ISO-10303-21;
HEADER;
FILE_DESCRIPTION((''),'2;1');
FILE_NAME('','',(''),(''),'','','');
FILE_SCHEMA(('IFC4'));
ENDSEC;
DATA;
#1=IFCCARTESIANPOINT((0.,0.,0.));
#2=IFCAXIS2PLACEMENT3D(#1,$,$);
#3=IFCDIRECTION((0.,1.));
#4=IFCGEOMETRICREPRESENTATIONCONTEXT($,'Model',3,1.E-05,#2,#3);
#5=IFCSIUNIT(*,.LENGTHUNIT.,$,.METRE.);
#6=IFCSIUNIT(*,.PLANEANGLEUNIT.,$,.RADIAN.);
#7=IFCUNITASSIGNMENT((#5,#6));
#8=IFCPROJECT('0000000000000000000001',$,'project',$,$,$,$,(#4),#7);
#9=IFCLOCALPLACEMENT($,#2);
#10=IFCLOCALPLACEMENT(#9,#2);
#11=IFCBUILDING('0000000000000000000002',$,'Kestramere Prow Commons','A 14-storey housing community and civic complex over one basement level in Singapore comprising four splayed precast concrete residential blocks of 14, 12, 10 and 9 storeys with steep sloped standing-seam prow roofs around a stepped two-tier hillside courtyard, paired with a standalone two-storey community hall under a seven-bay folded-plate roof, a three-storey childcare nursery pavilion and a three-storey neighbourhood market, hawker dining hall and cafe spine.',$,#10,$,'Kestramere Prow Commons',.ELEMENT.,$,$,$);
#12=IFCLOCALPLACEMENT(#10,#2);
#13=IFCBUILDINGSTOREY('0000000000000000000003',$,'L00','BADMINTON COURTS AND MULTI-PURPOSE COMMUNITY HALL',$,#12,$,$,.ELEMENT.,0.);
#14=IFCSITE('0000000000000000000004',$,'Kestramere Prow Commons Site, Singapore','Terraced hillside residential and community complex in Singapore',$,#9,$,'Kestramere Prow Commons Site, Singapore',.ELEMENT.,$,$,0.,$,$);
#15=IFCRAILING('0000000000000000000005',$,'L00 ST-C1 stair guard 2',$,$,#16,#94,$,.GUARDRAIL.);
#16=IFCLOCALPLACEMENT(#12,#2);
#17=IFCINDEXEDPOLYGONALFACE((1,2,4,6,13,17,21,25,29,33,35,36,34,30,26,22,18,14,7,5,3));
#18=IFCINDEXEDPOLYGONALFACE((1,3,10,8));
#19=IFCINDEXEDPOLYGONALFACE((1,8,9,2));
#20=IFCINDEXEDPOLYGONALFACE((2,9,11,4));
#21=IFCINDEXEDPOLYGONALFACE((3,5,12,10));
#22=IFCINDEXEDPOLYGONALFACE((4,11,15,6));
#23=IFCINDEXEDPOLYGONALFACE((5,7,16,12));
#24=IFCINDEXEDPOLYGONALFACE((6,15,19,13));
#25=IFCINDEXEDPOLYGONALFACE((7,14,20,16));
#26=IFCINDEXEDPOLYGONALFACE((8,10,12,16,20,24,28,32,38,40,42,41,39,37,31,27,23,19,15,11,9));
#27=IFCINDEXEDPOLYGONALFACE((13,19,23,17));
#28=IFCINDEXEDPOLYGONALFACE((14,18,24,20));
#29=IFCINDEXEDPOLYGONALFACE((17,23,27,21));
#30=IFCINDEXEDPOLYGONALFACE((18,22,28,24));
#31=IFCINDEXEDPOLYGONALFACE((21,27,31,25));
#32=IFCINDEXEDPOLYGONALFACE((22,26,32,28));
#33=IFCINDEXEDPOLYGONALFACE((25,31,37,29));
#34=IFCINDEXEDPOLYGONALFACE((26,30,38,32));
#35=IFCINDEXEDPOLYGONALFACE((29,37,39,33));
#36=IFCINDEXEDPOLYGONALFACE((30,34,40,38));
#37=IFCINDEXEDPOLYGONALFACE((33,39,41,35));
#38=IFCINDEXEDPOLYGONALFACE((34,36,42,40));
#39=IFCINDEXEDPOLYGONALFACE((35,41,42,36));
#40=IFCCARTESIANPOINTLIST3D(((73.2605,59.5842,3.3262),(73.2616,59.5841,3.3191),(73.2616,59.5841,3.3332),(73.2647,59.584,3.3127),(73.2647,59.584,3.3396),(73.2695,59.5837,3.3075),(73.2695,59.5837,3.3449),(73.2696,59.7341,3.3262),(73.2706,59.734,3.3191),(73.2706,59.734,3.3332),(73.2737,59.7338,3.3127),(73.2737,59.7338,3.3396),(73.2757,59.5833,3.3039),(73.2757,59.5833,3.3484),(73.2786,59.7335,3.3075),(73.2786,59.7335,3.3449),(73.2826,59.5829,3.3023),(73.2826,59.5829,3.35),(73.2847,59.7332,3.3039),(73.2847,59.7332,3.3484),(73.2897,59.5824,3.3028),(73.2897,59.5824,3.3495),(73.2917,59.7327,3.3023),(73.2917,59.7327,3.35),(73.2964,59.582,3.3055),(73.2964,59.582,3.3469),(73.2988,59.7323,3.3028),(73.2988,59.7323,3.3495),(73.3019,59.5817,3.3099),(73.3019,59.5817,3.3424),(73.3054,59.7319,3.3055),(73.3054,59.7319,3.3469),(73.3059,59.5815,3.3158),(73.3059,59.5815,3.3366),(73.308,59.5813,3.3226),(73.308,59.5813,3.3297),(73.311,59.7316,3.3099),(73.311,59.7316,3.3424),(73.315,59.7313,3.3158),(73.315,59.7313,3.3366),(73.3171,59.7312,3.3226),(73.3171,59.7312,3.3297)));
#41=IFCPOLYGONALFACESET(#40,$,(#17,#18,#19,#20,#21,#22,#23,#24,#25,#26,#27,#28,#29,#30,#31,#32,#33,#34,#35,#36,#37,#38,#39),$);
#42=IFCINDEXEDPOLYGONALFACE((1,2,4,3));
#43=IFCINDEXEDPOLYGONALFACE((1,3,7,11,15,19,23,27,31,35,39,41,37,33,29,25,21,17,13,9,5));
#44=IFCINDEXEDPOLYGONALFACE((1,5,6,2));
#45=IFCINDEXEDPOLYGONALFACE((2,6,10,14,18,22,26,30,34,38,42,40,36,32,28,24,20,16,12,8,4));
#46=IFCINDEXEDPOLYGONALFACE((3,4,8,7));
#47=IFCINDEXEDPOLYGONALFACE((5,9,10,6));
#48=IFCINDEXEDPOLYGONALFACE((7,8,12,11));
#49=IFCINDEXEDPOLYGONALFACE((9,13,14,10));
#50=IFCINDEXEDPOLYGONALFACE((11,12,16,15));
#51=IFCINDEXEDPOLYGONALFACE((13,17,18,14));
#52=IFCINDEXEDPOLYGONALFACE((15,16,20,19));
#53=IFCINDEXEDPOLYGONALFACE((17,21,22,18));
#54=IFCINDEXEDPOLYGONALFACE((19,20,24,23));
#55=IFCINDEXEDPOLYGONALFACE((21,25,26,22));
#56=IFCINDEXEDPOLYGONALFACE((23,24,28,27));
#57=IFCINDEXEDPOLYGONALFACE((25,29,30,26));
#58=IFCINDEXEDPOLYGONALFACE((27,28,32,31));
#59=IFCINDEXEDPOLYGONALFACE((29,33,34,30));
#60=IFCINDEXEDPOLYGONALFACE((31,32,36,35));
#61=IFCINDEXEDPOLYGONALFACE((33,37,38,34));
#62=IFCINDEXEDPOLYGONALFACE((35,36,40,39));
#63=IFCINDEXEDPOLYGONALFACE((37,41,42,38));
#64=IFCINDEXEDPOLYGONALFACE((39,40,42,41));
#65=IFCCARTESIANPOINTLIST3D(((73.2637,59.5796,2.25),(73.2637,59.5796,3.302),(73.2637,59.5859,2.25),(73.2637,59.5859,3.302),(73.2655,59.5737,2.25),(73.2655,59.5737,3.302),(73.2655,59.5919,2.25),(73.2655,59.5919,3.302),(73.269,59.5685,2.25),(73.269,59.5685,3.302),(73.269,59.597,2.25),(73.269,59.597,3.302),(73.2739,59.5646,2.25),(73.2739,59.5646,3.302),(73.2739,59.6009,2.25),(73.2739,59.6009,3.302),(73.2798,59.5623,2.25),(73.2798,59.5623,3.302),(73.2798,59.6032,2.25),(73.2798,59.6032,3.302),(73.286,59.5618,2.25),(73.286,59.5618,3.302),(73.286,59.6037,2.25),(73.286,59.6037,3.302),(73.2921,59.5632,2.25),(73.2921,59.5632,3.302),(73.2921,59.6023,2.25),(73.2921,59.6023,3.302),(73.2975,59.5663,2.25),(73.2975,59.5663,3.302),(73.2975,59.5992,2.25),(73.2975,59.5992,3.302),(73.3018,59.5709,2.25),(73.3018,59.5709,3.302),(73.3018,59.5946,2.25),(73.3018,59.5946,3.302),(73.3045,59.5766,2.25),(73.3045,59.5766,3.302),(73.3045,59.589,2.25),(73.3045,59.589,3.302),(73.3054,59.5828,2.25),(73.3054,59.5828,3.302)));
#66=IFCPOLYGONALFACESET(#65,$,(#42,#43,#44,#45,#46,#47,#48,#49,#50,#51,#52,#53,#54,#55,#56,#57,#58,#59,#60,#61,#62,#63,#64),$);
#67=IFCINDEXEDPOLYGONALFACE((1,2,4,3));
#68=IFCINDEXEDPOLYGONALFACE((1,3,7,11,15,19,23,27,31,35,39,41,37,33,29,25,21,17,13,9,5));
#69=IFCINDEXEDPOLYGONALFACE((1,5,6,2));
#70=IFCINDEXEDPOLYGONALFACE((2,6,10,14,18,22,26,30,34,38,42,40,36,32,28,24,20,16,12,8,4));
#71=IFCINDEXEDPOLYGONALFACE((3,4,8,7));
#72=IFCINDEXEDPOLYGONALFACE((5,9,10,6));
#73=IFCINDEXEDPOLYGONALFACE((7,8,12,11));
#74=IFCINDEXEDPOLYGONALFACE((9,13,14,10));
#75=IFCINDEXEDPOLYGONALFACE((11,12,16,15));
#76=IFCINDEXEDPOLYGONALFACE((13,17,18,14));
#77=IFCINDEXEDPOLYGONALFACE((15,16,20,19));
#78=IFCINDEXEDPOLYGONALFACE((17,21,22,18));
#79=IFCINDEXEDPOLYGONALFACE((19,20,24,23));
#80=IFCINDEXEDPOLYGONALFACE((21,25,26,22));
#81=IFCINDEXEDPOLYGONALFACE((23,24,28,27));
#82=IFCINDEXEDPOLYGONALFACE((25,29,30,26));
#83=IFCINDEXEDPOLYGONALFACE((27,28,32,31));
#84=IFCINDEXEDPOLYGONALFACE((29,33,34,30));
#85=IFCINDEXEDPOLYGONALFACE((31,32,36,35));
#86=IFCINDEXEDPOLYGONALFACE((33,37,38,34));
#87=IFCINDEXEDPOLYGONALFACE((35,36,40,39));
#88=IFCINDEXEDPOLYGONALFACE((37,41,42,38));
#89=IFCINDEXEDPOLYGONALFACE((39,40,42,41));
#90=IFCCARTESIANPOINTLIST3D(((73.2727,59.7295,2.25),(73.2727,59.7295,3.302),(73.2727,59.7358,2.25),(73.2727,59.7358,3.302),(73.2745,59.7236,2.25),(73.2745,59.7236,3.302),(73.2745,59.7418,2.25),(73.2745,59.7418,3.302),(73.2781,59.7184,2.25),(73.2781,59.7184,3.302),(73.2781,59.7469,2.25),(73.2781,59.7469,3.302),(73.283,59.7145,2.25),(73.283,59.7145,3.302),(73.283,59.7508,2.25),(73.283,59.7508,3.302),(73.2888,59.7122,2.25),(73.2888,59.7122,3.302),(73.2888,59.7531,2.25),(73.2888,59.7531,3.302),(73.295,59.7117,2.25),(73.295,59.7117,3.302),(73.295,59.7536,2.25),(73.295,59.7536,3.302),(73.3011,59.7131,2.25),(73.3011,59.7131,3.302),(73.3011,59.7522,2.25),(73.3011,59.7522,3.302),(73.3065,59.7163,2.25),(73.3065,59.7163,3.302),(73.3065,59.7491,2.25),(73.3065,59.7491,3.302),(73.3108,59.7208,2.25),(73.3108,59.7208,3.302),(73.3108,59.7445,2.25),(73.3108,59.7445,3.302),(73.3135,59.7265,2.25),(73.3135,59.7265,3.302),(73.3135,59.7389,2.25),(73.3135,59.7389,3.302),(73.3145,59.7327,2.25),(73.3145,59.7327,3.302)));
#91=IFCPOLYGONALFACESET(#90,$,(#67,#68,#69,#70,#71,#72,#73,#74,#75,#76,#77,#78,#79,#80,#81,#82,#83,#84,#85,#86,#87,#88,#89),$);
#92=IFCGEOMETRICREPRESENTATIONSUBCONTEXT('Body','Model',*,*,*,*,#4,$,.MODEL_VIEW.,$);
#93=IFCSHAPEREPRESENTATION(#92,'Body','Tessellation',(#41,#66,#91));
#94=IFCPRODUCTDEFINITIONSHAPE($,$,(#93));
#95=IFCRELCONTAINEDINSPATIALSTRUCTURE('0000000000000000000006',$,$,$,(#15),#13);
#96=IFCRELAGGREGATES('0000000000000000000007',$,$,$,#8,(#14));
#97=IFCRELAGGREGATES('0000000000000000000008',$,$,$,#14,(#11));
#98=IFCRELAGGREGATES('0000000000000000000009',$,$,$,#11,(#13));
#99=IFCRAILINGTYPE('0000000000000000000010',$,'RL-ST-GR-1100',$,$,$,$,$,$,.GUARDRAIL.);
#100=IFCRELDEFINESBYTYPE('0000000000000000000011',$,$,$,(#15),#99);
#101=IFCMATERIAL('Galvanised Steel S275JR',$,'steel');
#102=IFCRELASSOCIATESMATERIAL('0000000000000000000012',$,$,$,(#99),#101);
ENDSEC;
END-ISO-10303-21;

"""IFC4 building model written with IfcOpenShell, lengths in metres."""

from ifc_helpers import new_model, si_unit, direction, frame, origin, origin_2d, place, context, subcontext, project, spatial, circle, extrude, material, type_object, element, save


model = new_model("IFC4")

# Units and contexts
model_context = context("Model", 3, precision=1e-05, world=origin(), true_north=direction((0.0, 1.0)))
body_context = subcontext(model_context, "Body", "Model", "MODEL_VIEW")
ifc_project = project(units=[si_unit("LENGTHUNIT", "METRE"), si_unit("PLANEANGLEUNIT", "RADIAN")], contexts=[model_context])

# Site, building, storey
site_placement = place(None, origin())
site = spatial("IfcSite", under=ifc_project, at=site_placement, Name="Kestramere Prow Commons Site, Singapore", Description="Terraced hillside residential and community complex in Singapore", LongName="Kestramere Prow Commons Site, Singapore", CompositionType="ELEMENT", RefElevation=0.0)
building_placement = place(site_placement, origin())
building = spatial("IfcBuilding", under=site, at=building_placement, Name="Kestramere Prow Commons", Description="A 14-storey housing community and civic complex over one basement level in Singapore comprising four splayed precast concrete residential blocks of 14, 12, 10 and 9 storeys with steep sloped standing-seam prow roofs around a stepped two-tier hillside courtyard, paired with a standalone two-storey community hall under a seven-bay folded-plate roof, a three-storey childcare nursery pavilion and a three-storey neighbourhood market, hawker dining hall and cafe spine.", LongName="Kestramere Prow Commons", CompositionType="ELEMENT")
storey_placement = place(building_placement, origin())
storey = spatial("IfcBuildingStorey", under=building, at=storey_placement, Name="L00", Description="BADMINTON COURTS AND MULTI-PURPOSE COMMUNITY HALL", CompositionType="ELEMENT", Elevation=0.0)

# Railing
ifc_material_1 = material(Name="Galvanised Steel S275JR", Category="steel")
railing_type = type_object("IfcRailingType", Name="RL-ST-GR-1100", PredefinedType="GUARDRAIL", material=ifc_material_1)
railing_1_placement = place(storey_placement, frame((73.2844, 59.5828, 2.25)))
element("IfcRailing", 1, at=railing_1_placement, inside=storey, type_object=railing_type, Name="L00 ST-C1 stair guard 2", PredefinedType="GUARDRAIL", context=body_context, shape_type="SweptSolid", body=[
    extrude(circle(Radius=0.0239, at=origin_2d()), frame((0.0, 0.0, 1.0762), z_axis=(0.060151, 0.998189, 0.0), x_axis=(-0.998189, 0.060151, 0.0)), (0.0, 0.0, 1.0), 0.1501),
    extrude(circle(Radius=0.021, at=origin_2d()), origin(), (0.0, 0.0, 1.0), 1.052),
    extrude(circle(Radius=0.021, at=origin_2d()), frame((0.009, 0.1499, 0.0)), (0.0, 0.0, 1.0), 1.052),
])

save(model, "model.ifc")
